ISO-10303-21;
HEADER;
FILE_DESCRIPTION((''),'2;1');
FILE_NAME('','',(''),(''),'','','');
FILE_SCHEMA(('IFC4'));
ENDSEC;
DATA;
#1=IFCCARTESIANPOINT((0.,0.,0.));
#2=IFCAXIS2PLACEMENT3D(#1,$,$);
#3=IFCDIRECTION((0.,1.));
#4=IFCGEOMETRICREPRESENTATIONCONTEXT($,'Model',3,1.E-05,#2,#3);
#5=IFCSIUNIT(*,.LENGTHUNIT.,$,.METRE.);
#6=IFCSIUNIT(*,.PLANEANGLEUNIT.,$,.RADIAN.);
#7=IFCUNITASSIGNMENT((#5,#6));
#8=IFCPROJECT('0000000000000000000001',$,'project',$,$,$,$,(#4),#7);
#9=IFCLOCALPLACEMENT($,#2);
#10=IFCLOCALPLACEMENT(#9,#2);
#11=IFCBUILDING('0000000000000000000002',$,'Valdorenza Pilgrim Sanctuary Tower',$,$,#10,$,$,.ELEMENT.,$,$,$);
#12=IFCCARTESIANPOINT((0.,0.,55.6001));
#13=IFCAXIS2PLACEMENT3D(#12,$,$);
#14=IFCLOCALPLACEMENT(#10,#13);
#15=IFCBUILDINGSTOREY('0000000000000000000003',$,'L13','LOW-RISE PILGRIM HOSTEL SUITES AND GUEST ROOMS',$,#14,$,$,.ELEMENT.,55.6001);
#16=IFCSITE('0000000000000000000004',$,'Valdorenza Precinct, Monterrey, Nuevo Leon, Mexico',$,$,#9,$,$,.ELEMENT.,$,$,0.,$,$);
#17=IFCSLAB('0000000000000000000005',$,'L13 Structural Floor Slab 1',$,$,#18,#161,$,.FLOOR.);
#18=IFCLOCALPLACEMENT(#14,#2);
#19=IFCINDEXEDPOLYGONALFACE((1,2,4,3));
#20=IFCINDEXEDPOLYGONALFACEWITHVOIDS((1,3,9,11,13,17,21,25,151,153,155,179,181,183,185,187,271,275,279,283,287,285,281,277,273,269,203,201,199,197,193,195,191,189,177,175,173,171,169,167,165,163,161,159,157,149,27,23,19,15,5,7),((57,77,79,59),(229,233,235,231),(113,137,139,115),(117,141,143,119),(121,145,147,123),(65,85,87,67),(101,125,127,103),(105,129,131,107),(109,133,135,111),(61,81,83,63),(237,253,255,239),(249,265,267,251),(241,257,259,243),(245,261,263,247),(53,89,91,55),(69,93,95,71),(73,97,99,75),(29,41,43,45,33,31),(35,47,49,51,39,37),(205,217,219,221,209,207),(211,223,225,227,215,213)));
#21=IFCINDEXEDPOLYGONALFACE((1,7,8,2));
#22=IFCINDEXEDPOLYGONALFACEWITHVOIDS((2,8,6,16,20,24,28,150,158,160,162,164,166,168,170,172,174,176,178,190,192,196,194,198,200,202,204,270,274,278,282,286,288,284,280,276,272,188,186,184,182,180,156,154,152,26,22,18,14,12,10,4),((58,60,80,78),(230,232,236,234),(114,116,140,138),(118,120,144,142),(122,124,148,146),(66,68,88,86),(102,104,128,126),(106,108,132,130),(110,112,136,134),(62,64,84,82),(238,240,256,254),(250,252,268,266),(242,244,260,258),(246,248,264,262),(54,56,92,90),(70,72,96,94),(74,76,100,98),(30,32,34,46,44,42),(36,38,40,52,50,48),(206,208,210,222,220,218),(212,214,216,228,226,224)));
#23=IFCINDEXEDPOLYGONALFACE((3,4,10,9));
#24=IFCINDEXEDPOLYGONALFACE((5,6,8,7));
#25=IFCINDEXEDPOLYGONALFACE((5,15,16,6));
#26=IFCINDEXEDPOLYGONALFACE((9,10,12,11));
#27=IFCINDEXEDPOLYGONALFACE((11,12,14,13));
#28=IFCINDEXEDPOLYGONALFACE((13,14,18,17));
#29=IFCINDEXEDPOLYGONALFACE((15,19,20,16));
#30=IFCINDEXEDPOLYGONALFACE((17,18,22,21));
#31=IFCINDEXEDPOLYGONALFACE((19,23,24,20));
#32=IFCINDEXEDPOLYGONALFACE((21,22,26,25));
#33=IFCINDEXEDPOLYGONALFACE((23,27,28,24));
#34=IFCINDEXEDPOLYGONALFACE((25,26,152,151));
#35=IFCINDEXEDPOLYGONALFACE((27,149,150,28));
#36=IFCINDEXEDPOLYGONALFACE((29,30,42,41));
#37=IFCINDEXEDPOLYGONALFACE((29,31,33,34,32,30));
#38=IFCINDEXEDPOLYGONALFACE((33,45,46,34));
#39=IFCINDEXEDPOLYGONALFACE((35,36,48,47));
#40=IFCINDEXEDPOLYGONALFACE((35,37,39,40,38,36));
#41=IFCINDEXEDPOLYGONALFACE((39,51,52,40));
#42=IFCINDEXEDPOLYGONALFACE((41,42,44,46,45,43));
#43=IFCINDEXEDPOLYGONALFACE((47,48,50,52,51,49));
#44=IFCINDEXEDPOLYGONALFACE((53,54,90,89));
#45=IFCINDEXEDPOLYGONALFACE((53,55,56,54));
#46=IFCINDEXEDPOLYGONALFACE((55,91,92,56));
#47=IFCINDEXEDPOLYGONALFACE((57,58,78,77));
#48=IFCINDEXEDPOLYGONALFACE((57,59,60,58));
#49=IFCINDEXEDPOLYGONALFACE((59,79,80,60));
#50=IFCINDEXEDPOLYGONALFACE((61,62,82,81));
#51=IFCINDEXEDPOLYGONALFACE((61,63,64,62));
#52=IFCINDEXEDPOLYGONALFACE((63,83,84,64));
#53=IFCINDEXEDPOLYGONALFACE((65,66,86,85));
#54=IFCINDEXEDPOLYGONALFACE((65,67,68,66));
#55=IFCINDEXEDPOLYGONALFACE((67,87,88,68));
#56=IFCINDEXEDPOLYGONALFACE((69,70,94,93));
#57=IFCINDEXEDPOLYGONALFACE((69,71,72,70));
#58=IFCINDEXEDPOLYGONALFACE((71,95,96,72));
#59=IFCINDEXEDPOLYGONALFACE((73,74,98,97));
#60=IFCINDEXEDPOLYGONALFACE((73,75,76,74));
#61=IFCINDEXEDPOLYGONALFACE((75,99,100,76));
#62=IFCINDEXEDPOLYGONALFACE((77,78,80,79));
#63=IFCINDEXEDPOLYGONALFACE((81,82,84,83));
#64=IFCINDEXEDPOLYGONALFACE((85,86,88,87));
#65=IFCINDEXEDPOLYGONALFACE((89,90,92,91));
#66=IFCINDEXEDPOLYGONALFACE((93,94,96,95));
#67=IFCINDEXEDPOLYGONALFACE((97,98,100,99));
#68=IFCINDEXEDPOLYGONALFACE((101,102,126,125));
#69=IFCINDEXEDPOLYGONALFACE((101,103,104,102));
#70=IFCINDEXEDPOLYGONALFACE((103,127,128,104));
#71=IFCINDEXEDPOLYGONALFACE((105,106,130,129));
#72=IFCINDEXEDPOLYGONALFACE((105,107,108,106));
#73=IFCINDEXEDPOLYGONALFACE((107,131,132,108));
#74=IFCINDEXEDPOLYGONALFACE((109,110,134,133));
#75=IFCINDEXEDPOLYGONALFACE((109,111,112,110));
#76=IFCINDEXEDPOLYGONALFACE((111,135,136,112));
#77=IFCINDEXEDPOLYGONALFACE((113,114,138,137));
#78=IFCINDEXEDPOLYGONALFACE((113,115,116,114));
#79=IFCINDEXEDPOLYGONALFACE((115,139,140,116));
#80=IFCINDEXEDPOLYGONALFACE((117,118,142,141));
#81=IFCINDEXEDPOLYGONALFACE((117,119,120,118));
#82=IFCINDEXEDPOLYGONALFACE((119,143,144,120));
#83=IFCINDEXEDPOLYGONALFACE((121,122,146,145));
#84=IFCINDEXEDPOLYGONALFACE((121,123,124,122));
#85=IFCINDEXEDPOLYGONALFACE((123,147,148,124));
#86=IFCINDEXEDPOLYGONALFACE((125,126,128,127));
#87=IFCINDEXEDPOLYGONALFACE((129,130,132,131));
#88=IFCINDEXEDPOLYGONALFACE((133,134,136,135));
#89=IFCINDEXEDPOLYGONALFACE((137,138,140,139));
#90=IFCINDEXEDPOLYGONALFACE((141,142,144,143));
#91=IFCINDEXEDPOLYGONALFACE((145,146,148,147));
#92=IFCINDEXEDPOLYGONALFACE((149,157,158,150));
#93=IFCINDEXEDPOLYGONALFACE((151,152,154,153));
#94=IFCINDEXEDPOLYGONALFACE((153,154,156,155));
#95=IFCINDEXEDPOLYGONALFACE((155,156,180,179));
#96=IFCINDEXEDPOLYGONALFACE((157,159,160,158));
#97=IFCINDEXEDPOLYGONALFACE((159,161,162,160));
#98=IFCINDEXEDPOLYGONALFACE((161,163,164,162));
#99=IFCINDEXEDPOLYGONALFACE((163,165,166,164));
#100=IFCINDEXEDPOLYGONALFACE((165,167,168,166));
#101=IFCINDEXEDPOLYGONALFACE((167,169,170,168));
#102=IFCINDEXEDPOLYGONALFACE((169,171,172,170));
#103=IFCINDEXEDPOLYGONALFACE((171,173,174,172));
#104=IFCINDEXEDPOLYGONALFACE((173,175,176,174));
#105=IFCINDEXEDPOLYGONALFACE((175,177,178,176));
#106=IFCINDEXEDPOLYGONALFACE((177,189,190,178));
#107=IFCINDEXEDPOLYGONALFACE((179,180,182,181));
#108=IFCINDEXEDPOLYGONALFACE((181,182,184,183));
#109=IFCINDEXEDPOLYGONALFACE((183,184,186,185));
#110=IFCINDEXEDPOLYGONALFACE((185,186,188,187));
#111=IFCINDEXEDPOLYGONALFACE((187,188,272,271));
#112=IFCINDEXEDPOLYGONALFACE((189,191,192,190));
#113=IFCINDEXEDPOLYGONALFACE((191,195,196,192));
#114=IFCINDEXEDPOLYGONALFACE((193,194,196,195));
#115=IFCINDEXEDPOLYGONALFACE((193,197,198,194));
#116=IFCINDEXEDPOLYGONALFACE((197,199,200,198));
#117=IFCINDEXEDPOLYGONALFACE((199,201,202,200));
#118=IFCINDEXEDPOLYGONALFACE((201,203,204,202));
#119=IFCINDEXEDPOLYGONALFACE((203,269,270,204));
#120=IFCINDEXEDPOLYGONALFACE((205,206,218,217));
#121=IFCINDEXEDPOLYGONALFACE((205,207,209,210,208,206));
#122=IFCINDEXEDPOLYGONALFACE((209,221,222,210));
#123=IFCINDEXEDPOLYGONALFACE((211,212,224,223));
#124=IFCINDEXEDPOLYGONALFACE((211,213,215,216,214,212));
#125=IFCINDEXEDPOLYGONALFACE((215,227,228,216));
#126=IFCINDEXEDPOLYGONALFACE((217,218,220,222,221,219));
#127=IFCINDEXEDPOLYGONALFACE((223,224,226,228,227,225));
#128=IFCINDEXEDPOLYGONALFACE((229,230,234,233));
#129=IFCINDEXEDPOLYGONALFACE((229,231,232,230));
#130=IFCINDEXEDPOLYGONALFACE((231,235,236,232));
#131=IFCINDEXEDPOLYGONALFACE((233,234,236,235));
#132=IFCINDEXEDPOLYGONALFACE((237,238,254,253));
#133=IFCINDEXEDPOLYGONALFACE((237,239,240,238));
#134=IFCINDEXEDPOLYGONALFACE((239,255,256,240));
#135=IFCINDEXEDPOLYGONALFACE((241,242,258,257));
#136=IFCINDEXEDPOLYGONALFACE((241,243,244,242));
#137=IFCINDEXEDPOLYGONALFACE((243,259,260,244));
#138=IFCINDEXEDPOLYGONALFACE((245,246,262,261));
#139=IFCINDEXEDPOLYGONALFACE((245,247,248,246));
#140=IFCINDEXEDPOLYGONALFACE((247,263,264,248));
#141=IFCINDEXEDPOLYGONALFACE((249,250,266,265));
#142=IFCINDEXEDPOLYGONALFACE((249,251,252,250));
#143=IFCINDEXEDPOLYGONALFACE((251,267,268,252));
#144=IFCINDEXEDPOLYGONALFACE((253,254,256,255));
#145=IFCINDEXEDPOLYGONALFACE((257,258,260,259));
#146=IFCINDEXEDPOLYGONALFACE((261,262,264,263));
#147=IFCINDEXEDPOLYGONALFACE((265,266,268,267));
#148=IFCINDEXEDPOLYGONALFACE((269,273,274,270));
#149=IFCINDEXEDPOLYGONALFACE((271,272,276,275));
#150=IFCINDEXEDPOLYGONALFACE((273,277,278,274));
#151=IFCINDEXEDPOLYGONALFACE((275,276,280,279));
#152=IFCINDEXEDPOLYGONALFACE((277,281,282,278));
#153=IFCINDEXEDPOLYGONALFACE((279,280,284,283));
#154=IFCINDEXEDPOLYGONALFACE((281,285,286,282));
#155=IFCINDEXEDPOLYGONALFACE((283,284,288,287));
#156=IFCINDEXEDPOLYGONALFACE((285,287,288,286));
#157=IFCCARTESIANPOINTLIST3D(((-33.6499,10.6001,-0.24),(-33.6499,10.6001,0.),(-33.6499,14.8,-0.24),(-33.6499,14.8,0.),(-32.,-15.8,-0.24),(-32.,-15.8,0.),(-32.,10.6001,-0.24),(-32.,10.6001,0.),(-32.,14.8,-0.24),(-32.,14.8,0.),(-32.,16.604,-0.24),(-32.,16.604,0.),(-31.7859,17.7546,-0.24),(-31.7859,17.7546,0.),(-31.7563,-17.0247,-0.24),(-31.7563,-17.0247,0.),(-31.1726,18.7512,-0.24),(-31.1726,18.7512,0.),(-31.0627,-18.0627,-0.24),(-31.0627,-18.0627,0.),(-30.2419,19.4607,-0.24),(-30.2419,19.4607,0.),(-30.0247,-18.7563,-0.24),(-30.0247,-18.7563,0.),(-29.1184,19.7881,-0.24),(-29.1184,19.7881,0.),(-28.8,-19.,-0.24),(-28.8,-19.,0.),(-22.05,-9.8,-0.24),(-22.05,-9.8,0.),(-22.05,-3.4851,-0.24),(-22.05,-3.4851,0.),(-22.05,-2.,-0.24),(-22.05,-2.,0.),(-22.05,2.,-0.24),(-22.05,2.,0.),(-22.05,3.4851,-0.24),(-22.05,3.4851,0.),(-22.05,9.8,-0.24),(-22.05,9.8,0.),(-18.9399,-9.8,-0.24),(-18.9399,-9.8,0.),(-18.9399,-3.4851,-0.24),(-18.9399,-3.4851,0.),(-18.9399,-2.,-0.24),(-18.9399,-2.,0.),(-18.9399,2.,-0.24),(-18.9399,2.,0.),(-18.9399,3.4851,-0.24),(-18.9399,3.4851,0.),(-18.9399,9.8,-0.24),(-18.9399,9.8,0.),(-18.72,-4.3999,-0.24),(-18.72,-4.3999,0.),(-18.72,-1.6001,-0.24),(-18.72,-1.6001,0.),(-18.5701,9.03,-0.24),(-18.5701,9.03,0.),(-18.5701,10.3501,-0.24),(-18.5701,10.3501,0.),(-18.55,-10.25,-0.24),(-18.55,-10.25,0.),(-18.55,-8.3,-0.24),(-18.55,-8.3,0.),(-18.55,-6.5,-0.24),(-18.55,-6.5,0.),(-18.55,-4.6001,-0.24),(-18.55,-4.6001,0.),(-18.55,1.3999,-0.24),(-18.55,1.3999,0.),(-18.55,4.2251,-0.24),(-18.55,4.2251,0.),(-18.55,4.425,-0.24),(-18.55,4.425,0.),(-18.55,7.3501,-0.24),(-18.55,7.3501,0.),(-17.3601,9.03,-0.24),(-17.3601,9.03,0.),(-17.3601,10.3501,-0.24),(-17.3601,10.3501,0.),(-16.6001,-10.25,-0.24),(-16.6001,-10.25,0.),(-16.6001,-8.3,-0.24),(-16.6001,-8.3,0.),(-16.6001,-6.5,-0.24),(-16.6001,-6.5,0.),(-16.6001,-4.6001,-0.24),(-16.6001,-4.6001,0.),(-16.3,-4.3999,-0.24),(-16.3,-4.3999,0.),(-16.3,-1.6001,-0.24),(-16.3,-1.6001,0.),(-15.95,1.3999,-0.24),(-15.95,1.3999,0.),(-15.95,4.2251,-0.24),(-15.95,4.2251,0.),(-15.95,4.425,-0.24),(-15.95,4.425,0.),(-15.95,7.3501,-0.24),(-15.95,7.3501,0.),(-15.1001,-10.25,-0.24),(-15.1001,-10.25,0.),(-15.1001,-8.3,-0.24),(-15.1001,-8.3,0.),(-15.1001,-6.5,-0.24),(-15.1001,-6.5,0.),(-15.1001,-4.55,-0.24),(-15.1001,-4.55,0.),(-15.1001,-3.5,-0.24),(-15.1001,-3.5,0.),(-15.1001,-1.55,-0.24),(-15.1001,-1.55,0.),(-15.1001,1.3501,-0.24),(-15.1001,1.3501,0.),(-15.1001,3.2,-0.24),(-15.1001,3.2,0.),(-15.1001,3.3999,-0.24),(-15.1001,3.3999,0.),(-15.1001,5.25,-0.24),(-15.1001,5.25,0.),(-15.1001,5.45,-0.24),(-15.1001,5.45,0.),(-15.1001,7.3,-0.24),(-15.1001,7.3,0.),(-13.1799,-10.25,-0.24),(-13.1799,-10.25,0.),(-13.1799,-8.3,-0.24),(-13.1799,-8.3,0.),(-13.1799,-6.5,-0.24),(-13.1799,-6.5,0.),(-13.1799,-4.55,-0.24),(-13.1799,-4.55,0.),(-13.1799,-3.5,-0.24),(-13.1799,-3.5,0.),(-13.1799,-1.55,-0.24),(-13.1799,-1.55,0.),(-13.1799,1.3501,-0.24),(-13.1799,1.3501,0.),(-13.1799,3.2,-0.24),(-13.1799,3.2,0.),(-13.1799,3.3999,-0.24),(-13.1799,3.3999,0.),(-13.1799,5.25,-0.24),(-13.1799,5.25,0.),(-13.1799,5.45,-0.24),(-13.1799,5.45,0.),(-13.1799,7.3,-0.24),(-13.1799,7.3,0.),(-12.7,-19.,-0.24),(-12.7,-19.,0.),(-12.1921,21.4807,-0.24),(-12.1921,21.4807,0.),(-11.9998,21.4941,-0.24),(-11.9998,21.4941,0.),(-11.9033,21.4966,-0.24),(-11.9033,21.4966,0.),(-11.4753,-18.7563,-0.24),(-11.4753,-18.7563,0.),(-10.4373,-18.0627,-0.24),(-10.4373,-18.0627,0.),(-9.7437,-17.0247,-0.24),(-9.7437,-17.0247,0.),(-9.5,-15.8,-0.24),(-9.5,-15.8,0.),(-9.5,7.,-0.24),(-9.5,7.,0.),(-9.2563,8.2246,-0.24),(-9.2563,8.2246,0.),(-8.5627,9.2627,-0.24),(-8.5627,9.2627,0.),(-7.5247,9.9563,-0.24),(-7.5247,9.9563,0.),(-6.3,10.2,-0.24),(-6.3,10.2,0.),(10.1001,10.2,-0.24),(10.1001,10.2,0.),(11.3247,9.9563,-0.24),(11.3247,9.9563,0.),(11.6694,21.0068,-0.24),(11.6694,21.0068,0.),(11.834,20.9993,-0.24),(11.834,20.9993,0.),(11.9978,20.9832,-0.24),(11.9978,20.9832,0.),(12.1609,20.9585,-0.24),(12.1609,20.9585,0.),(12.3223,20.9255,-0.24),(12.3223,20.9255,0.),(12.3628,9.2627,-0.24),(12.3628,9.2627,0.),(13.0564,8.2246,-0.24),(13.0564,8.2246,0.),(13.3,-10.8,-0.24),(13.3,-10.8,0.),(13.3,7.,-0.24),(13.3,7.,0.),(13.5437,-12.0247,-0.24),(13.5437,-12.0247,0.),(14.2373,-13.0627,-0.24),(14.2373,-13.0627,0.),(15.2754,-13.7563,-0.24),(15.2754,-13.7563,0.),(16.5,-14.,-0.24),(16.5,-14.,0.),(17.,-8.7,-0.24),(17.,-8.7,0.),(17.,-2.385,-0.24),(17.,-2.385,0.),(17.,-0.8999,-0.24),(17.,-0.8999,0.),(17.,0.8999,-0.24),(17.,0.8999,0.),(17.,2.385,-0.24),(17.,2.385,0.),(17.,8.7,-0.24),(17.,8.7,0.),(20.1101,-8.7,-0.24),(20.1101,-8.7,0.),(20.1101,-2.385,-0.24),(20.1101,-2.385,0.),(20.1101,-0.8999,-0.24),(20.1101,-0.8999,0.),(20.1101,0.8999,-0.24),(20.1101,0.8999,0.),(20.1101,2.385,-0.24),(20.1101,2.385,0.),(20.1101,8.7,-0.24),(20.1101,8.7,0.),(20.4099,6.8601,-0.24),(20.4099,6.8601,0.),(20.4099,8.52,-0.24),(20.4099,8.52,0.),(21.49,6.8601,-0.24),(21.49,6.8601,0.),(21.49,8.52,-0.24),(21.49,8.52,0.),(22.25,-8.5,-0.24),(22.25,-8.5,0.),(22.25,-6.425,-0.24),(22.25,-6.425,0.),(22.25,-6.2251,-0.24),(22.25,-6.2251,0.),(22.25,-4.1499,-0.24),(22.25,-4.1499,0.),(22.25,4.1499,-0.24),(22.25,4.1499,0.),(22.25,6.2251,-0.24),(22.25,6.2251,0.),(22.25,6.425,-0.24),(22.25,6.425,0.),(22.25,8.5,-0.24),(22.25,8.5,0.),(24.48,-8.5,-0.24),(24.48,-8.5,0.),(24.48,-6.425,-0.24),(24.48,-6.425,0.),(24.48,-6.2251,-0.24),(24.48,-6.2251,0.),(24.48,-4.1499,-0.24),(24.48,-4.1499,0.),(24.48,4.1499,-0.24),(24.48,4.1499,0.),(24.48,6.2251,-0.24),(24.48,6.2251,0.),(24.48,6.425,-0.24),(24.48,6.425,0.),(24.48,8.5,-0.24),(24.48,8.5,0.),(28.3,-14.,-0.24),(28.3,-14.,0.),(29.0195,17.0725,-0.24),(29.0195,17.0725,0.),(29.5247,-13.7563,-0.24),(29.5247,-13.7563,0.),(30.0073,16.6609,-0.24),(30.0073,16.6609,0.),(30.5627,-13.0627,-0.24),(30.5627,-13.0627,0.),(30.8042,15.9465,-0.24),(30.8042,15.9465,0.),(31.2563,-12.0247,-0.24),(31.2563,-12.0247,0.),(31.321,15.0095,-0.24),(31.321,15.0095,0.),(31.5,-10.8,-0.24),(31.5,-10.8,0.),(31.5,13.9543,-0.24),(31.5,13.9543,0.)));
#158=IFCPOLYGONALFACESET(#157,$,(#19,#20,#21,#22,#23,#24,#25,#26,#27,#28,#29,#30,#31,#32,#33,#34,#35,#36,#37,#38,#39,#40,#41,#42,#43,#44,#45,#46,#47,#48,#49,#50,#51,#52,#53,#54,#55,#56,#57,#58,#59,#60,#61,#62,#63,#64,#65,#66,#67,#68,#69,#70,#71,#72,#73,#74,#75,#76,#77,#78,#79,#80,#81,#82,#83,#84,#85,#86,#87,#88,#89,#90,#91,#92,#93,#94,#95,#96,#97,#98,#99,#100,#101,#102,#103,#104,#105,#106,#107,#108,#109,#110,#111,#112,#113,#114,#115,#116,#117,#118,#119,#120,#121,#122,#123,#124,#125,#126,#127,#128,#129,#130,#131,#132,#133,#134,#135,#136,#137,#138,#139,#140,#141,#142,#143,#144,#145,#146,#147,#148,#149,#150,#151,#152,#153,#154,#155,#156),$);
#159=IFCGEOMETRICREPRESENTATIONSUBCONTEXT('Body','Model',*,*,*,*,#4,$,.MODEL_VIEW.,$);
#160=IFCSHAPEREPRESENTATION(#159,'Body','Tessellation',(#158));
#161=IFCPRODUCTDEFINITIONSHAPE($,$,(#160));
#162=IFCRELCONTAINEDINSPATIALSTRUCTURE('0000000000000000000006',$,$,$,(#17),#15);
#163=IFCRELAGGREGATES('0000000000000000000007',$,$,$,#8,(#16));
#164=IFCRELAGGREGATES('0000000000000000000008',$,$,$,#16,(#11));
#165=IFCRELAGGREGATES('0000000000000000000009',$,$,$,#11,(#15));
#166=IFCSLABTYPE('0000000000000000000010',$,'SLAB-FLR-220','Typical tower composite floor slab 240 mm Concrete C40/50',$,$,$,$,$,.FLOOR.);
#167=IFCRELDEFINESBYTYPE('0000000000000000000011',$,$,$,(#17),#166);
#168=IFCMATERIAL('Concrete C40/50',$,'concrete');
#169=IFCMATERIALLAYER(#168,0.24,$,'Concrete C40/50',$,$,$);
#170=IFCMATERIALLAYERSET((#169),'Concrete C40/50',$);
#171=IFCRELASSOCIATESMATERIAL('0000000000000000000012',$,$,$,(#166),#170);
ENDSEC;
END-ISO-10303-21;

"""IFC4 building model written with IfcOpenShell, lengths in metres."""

from ifc_helpers import new_model, si_unit, direction, frame, origin, place, context, subcontext, project, spatial, polyline, outline, extrude, material, layer, layer_set, type_object, element, save


model = new_model("IFC4")

# Units and contexts
model_context = context("Model", 3, precision=1e-05, world=origin(), true_north=direction((0.0, 1.0)))
body_context = subcontext(model_context, "Body", "Model", "MODEL_VIEW")
ifc_project = project(units=[si_unit("LENGTHUNIT", "METRE"), si_unit("PLANEANGLEUNIT", "RADIAN")], contexts=[model_context])

# Site, building, storey
site_placement = place(None, origin())
site = spatial("IfcSite", under=ifc_project, at=site_placement, Name="Valdorenza Precinct, Monterrey, Nuevo Leon, Mexico", CompositionType="ELEMENT", RefElevation=0.0)
building_placement = place(site_placement, origin())
building = spatial("IfcBuilding", under=site, at=building_placement, Name="Valdorenza Pilgrim Sanctuary Tower", CompositionType="ELEMENT")
storey_placement = place(building_placement, frame((0.0, 0.0, 55.6001)))
storey = spatial("IfcBuildingStorey", under=building, at=storey_placement, Name="L13", Description="LOW-RISE PILGRIM HOSTEL SUITES AND GUEST ROOMS", CompositionType="ELEMENT", Elevation=55.6001)

# Slab
ifc_material_1 = material(Name="Concrete C40/50", Category="concrete")
ifc_layer_1 = layer(ifc_material_1, 0.24, Name="Concrete C40/50")
ifc_layer_set_1 = layer_set([ifc_layer_1], Name="Concrete C40/50")
slab_type_1 = type_object("IfcSlabType", Name="SLAB-FLR-220", Description="Typical tower composite floor slab 240 mm Concrete C40/50", PredefinedType="FLOOR", material=ifc_layer_set_1)
slab_1_placement = place(storey_placement, frame((0.0, 0.0, -0.24)))
element("IfcSlab", 1, at=slab_1_placement, inside=storey, type_object=slab_type_1, Name="L13 Structural Floor Slab 1", PredefinedType="FLOOR", context=body_context, shape_type="SweptSolid", body=[
    extrude(outline(polyline([(-31.7859, 17.7546), (-31.1726, 18.7512), (-30.2419, 19.4607), (-29.1184, 19.7881), (-12.1921, 21.4807), (-11.9998, 21.4941), (-11.9033, 21.4966), (11.6694, 21.0068), (11.834, 20.9993), (11.9978, 20.9832), (12.1609, 20.9585), (12.3223, 20.9255), (29.0195, 17.0725), (30.0073, 16.6609), (30.8042, 15.9465), (31.321, 15.0095), (31.5, 13.9543), (31.5, -10.8), (31.2563, -12.0247), (30.5627, -13.0627), (29.5247, -13.7563), (28.3, -14.0), (16.5, -14.0), (15.2754, -13.7563), (14.2373, -13.0627), (13.5437, -12.0247), (13.3, -10.8), (13.3, 7.0), (13.0564, 8.2246), (12.3628, 9.2627), (11.3247, 9.9563), (10.1001, 10.2), (-6.3, 10.2), (-7.5247, 9.9563), (-8.5627, 9.2627), (-9.2563, 8.2246), (-9.5, 7.0), (-9.5, -15.8), (-9.7437, -17.0247), (-10.4373, -18.0627), (-11.4753, -18.7563), (-12.7, -19.0), (-28.8, -19.0), (-30.0247, -18.7563), (-31.0627, -18.0627), (-31.7563, -17.0247), (-32.0, -15.8), (-32.0, 10.6001), (-33.6499, 10.6001), (-33.6499, 14.8), (-32.0, 14.8), (-32.0, 16.604), (-31.7859, 17.7546)]), holes=[polyline([(-16.6001, -10.25), (-16.6001, -8.3), (-18.55, -8.3), (-18.55, -10.25), (-16.6001, -10.25)]), polyline([(-22.05, -9.8), (-18.9399, -9.8), (-18.9399, -3.4851), (-18.9399, -2.0), (-22.05, -2.0), (-22.05, -3.4851), (-22.05, -9.8)]), polyline([(-18.55, -6.5), (-16.6001, -6.5), (-16.6001, -4.6001), (-18.55, -4.6001), (-18.55, -6.5)]), polyline([(-13.1799, -6.5), (-13.1799, -4.55), (-15.1001, -4.55), (-15.1001, -6.5), (-13.1799, -6.5)]), polyline([(-18.72, -4.3999), (-16.3, -4.3999), (-16.3, -1.6001), (-18.72, -1.6001), (-18.72, -4.3999)]), polyline([(-13.1799, -3.5), (-13.1799, -1.55), (-15.1001, -1.55), (-15.1001, -3.5), (-13.1799, -3.5)]), polyline([(-22.05, 2.0), (-18.9399, 2.0), (-18.9399, 3.4851), (-18.9399, 9.8), (-22.05, 9.8), (-22.05, 3.4851), (-22.05, 2.0)]), polyline([(-18.55, 1.3999), (-15.95, 1.3999), (-15.95, 4.2251), (-18.55, 4.2251), (-18.55, 1.3999)]), polyline([(-15.95, 4.425), (-15.95, 7.3501), (-18.55, 7.3501), (-18.55, 4.425), (-15.95, 4.425)]), polyline([(-15.1001, 5.45), (-13.1799, 5.45), (-13.1799, 7.3), (-15.1001, 7.3), (-15.1001, 5.45)]), polyline([(-17.3601, 9.03), (-17.3601, 10.3501), (-18.5701, 10.3501), (-18.5701, 9.03), (-17.3601, 9.03)]), polyline([(-15.1001, -10.25), (-13.1799, -10.25), (-13.1799, -8.3), (-15.1001, -8.3), (-15.1001, -10.25)]), polyline([(22.25, -8.5), (24.48, -8.5), (24.48, -6.425), (22.25, -6.425), (22.25, -8.5)]), polyline([(17.0, -2.385), (17.0, -8.7), (20.1101, -8.7), (20.1101, -2.385), (20.1101, -0.8999), (17.0, -0.8999), (17.0, -2.385)]), polyline([(22.25, -6.2251), (24.48, -6.2251), (24.48, -4.1499), (22.25, -4.1499), (22.25, -6.2251)]), polyline([(17.0, 0.8999), (20.1101, 0.8999), (20.1101, 2.385), (20.1101, 8.7), (17.0, 8.7), (17.0, 2.385), (17.0, 0.8999)]), polyline([(-15.1001, 1.3501), (-13.1799, 1.3501), (-13.1799, 3.2), (-15.1001, 3.2), (-15.1001, 1.3501)]), polyline([(-15.1001, 3.3999), (-13.1799, 3.3999), (-13.1799, 5.25), (-15.1001, 5.25), (-15.1001, 3.3999)]), polyline([(22.25, 4.1499), (24.48, 4.1499), (24.48, 6.2251), (22.25, 6.2251), (22.25, 4.1499)]), polyline([(22.25, 6.425), (24.48, 6.425), (24.48, 8.5), (22.25, 8.5), (22.25, 6.425)]), polyline([(20.4099, 6.8601), (21.49, 6.8601), (21.49, 8.52), (20.4099, 8.52), (20.4099, 6.8601)])]), origin(), (0.0, 0.0, 1.0), 0.24),
])

save(model, "model.ifc")
